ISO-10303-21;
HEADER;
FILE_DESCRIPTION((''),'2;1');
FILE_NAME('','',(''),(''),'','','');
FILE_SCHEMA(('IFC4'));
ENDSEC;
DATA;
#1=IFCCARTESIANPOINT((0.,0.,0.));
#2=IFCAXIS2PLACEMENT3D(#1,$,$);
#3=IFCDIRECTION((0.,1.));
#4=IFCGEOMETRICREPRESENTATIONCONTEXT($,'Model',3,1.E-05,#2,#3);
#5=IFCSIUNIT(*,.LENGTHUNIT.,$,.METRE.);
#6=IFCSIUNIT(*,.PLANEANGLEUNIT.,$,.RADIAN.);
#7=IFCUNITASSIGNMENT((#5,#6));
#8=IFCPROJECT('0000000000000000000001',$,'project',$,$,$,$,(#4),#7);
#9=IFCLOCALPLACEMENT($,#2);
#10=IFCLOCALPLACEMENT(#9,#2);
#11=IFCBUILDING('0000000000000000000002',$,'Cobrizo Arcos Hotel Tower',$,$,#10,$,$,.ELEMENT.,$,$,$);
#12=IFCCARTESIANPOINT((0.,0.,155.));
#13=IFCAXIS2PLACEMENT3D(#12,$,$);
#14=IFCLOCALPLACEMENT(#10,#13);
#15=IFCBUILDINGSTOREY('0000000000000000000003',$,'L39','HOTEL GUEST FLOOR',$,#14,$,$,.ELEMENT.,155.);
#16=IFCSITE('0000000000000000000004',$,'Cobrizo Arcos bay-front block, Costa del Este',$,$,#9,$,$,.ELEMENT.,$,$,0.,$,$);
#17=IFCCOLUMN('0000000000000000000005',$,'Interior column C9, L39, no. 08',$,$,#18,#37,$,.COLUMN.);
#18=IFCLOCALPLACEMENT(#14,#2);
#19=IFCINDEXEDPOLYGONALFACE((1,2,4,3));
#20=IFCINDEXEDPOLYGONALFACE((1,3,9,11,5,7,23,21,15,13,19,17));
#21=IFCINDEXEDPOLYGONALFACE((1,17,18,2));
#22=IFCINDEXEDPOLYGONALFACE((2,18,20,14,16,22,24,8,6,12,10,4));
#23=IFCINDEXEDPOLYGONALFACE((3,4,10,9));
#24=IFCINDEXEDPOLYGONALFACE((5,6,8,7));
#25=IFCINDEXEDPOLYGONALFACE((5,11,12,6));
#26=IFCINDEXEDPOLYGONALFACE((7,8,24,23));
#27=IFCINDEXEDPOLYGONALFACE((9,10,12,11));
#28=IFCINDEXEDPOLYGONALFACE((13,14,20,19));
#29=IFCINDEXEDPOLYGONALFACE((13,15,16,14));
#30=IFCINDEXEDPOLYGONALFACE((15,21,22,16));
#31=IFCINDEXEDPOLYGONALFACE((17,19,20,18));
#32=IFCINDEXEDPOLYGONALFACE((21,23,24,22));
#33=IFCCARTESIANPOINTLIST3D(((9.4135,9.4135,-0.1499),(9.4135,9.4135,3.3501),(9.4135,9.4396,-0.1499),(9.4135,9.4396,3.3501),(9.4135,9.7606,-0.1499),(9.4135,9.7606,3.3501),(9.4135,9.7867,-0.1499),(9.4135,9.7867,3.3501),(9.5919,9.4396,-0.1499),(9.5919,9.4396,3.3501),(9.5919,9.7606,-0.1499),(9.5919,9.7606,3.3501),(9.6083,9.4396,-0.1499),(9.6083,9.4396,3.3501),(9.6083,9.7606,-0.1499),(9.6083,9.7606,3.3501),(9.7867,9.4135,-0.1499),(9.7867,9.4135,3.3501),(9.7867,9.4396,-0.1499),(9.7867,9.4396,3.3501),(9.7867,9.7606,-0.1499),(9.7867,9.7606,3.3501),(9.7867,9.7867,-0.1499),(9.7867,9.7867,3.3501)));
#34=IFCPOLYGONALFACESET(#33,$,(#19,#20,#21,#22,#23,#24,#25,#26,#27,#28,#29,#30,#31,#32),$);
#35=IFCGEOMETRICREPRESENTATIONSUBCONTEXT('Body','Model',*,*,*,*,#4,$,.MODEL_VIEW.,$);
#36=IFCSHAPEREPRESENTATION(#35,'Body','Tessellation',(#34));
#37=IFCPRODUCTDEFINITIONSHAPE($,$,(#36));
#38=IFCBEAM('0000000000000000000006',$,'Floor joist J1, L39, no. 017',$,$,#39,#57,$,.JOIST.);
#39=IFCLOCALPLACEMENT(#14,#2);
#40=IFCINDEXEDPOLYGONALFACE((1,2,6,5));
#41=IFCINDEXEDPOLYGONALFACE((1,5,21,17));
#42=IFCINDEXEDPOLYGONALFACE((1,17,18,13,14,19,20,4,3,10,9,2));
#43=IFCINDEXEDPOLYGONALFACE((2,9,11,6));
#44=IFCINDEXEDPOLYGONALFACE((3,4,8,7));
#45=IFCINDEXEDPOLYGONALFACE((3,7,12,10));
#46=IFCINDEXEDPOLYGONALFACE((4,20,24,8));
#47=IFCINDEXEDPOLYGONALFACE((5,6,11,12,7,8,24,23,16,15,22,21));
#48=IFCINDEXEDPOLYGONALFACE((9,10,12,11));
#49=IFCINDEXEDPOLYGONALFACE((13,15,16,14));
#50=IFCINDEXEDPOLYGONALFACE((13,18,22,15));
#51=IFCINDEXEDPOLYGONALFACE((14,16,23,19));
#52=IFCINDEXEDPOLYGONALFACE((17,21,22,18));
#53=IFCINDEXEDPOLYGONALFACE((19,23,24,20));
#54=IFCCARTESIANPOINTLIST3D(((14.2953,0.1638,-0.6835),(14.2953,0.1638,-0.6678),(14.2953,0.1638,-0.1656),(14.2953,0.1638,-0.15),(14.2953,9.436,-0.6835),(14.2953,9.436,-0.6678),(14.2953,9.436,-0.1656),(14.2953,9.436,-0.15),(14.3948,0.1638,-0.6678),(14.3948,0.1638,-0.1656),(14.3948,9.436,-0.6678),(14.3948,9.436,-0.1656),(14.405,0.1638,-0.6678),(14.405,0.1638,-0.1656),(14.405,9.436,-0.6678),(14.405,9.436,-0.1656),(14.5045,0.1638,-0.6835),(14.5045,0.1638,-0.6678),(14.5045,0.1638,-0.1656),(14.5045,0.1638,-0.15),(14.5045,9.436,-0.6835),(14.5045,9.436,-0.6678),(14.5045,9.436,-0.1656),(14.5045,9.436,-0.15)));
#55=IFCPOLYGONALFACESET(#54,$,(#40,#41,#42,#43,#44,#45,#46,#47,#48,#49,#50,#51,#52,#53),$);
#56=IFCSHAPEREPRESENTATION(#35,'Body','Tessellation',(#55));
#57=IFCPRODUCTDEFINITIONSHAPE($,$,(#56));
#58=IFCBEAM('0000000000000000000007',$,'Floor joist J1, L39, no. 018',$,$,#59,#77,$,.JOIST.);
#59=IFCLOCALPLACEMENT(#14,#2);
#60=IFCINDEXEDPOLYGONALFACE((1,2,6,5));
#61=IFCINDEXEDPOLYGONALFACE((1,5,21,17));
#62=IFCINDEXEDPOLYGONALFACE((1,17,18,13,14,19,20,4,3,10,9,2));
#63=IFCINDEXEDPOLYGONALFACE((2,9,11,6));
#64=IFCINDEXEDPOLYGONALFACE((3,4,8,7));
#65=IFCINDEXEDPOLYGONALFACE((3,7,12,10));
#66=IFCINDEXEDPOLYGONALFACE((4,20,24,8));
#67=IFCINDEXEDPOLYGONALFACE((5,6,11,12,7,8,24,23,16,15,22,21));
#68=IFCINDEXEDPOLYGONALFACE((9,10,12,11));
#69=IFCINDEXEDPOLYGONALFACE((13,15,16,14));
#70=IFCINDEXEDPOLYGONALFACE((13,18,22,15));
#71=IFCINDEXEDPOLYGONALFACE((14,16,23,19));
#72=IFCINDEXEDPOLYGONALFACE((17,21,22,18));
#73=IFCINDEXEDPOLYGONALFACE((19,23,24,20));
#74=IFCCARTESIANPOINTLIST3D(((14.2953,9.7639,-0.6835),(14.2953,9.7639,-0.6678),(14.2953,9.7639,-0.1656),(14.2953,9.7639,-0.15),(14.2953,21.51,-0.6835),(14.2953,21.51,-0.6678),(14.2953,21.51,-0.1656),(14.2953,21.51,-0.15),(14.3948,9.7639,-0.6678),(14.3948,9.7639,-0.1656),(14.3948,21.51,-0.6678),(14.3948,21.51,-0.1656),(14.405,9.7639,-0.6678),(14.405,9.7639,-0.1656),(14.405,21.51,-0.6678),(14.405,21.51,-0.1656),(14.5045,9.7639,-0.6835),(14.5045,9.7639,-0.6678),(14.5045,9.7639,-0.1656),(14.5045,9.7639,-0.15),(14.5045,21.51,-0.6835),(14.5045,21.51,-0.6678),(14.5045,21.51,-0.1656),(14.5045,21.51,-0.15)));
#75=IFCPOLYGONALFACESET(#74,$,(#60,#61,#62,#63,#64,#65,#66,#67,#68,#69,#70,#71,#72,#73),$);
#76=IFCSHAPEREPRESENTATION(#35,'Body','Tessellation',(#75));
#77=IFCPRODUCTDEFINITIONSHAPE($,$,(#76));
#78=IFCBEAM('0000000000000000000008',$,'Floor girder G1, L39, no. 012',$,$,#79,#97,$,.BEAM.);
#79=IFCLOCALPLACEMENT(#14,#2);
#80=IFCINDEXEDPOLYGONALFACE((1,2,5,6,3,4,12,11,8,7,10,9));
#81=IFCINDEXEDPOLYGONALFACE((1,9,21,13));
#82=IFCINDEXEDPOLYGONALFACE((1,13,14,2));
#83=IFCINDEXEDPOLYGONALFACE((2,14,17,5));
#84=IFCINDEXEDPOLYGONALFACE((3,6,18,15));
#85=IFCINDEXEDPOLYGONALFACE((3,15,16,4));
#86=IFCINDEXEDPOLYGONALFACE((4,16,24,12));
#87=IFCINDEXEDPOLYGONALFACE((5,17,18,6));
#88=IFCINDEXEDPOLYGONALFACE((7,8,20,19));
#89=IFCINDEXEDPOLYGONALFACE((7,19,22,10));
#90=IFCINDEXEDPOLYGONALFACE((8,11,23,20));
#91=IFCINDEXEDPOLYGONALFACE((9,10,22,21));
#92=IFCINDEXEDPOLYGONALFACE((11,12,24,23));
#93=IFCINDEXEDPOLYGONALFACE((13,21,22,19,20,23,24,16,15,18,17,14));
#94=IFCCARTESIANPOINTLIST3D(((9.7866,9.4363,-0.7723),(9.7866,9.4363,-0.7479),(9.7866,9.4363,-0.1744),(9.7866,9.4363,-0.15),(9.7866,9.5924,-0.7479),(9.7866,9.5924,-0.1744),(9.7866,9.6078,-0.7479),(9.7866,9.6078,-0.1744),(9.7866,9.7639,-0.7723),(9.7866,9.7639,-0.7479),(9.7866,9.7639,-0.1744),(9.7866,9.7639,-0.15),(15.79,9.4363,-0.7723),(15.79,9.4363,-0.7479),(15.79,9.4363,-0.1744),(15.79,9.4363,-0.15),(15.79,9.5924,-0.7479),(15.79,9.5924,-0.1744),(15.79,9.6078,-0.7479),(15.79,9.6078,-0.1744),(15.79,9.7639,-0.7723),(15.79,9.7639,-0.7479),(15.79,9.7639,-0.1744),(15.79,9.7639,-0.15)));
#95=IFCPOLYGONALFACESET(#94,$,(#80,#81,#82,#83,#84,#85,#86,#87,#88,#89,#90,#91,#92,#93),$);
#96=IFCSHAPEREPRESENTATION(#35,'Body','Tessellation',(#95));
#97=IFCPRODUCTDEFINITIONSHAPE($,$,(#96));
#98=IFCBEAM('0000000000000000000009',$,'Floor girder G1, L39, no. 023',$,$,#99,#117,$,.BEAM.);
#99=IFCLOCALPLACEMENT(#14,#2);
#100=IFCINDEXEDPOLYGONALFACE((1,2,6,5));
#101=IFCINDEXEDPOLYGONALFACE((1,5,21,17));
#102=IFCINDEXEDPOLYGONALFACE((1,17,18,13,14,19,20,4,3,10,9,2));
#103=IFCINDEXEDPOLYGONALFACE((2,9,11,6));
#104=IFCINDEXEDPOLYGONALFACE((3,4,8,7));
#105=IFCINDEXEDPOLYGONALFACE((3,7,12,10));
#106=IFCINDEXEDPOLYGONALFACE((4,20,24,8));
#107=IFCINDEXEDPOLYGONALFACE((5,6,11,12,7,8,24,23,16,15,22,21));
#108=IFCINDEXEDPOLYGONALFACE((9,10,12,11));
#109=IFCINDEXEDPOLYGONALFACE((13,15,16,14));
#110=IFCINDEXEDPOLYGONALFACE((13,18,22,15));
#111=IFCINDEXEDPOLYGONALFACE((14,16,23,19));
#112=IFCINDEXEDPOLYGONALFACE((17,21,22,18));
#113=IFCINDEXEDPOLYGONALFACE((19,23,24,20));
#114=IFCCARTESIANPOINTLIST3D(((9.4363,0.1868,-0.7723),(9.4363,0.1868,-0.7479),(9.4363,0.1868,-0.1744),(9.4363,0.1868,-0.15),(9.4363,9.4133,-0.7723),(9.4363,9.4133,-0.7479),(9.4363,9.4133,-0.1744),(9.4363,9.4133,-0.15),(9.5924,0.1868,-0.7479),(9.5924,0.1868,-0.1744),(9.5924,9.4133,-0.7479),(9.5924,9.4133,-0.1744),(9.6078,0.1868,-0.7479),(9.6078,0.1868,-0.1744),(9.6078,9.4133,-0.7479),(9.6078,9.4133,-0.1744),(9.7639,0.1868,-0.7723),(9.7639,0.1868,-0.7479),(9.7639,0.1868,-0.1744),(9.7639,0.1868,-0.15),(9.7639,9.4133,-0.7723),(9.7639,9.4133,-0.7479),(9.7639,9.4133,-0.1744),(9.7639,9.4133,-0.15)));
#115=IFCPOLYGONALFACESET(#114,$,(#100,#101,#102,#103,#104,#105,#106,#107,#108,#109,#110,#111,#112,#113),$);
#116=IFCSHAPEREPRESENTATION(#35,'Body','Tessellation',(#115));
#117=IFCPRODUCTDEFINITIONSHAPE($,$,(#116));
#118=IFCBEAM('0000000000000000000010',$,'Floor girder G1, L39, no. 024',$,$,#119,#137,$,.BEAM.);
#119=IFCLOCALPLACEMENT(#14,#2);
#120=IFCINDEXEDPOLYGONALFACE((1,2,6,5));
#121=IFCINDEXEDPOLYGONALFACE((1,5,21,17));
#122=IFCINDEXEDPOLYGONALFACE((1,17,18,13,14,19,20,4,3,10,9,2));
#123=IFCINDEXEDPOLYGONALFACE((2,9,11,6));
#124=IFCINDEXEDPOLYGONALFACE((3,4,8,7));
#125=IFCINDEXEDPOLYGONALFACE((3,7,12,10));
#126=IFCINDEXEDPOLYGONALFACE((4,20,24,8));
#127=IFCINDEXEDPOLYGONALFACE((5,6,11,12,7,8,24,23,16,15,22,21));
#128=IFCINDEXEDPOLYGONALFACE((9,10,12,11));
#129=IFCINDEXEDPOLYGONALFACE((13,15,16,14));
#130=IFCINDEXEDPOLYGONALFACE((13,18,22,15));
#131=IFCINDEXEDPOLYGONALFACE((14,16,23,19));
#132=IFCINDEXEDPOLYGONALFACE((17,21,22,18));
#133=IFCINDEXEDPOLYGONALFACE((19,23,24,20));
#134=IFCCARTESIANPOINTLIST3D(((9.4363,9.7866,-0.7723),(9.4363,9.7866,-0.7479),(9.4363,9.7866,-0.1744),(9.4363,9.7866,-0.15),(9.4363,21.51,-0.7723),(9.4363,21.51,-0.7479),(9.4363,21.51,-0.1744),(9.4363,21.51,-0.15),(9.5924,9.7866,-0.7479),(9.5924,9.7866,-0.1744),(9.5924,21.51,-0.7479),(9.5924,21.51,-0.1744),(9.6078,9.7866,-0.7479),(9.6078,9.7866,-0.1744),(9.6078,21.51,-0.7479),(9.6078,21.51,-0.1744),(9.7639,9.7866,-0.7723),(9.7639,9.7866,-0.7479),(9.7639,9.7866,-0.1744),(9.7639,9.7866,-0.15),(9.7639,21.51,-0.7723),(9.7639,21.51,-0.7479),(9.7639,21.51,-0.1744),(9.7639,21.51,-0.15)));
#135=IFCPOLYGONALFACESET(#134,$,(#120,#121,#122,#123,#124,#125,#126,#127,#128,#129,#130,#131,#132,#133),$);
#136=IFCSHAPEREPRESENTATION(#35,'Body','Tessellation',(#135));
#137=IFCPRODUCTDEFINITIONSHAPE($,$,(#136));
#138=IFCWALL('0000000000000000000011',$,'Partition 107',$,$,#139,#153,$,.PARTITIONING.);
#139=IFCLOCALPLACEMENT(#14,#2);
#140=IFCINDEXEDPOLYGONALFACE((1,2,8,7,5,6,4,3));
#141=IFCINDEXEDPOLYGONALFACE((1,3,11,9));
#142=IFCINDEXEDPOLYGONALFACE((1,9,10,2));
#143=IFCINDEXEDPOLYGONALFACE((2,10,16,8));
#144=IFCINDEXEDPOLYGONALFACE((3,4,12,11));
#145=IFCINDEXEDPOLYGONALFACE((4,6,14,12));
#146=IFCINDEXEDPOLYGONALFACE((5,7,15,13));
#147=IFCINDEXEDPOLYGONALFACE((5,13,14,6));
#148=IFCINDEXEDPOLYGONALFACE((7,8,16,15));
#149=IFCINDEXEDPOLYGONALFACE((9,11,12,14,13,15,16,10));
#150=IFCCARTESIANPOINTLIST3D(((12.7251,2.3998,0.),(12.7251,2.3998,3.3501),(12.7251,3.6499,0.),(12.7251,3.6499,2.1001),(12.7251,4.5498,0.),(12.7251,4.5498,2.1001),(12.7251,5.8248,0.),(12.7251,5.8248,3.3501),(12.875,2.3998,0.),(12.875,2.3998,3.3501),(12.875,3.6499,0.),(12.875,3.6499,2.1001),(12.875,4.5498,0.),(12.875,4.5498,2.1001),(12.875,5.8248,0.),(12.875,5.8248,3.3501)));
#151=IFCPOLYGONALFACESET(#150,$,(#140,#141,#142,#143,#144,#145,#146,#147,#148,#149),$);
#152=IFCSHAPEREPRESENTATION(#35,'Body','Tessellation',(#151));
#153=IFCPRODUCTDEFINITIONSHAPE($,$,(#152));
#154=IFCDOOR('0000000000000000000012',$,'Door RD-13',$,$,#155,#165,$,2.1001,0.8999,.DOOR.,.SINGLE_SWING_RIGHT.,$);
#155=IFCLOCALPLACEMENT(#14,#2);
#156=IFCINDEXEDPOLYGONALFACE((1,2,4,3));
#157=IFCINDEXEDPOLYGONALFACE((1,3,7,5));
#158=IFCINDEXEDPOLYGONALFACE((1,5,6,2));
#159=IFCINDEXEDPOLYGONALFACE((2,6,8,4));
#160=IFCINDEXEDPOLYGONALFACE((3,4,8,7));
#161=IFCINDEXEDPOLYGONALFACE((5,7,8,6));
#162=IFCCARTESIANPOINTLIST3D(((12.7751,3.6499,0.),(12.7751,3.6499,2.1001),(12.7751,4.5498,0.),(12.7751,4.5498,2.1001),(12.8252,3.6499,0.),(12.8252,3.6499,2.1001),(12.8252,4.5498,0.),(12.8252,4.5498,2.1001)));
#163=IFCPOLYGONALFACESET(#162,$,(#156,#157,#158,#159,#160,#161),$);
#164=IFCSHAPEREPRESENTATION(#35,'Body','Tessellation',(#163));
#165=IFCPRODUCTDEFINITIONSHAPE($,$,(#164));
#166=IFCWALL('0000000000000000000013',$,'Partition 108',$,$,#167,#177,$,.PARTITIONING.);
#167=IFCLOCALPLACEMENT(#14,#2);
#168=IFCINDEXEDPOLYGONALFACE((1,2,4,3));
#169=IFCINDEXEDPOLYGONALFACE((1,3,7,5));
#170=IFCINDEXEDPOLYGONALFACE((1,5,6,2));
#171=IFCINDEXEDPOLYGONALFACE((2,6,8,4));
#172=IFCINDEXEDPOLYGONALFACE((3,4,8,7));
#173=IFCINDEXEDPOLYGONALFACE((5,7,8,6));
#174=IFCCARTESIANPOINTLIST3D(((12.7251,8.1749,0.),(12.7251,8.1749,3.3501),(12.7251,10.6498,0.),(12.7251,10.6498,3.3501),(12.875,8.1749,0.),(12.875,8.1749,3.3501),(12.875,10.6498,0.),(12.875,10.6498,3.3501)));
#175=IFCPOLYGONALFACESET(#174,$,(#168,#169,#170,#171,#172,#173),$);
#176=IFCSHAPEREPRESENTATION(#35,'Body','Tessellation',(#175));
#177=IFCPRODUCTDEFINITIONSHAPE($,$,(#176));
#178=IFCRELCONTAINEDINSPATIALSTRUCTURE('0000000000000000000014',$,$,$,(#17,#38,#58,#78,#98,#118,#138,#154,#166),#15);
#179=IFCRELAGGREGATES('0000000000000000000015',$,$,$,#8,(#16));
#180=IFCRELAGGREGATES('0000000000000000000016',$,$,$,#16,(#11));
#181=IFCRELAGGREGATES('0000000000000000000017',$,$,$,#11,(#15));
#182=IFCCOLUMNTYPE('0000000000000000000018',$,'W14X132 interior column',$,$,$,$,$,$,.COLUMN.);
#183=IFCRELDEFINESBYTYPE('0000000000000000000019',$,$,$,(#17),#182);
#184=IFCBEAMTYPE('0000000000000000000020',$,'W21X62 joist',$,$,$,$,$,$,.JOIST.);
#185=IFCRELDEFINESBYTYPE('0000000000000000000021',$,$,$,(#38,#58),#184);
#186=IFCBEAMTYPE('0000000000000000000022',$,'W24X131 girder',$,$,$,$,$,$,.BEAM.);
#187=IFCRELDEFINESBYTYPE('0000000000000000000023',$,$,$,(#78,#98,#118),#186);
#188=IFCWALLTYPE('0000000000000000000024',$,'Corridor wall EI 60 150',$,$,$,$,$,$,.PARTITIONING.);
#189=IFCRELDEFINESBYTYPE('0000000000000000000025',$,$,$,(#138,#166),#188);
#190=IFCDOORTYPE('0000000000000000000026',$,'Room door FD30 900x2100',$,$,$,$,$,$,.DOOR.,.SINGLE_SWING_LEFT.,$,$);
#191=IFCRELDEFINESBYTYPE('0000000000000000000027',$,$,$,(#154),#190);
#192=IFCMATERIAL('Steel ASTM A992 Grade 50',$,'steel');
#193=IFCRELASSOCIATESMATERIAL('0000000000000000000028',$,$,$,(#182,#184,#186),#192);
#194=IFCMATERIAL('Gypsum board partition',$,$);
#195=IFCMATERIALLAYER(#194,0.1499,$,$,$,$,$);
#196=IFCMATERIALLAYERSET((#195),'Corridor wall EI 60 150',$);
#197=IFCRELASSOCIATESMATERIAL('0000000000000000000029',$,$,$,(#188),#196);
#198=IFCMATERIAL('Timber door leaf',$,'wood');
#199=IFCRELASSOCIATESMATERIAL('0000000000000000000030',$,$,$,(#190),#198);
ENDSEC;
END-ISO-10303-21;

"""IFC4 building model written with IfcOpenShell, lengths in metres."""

from ifc_helpers import new_model, si_unit, direction, frame, frame_2d, origin, origin_2d, place, context, subcontext, project, spatial, rectangle, i_section, extrude, material, layer, layer_set, material_profile, profile_set, type_object, element, fill, save


model = new_model("IFC4")

# Units and contexts
model_context = context("Model", 3, precision=1e-05, world=origin(), true_north=direction((0.0, 1.0)))
body_context = subcontext(model_context, "Body", "Model", "MODEL_VIEW")
ifc_project = project(units=[si_unit("LENGTHUNIT", "METRE"), si_unit("PLANEANGLEUNIT", "RADIAN")], contexts=[model_context])

# Site, building, storey
site_placement = place(None, origin())
site = spatial("IfcSite", under=ifc_project, at=site_placement, Name="Cobrizo Arcos bay-front block, Costa del Este", CompositionType="ELEMENT", RefElevation=0.0)
building_placement = place(site_placement, origin())
building = spatial("IfcBuilding", under=site, at=building_placement, Name="Cobrizo Arcos Hotel Tower", CompositionType="ELEMENT")
storey_placement = place(building_placement, frame((0.0, 0.0, 155.0)))
storey = spatial("IfcBuildingStorey", under=building, at=storey_placement, Name="L39", Description="HOTEL GUEST FLOOR", CompositionType="ELEMENT", Elevation=155.0)

# Column
ifc_material_1 = material(Name="Steel ASTM A992 Grade 50", Category="steel")
ifc_material_profile_1 = material_profile(ifc_material_1, i_section(OverallWidth=0.3733, OverallDepth=0.3733, WebThickness=0.0164, FlangeThickness=0.0261, at=origin_2d()), Name="W14X132")
ifc_profile_set_1 = profile_set([ifc_material_profile_1], Name="Steel ASTM A992 Grade 50")
column_type = type_object("IfcColumnType", Name="W14X132 interior column", PredefinedType="COLUMN", material=ifc_profile_set_1)
column_placement = place(storey_placement, frame((9.6001, 9.6001, -0.1499), z_axis=(0.0, 0.0, 1.0), x_axis=(1.0, 0.0, 0.0)))
element("IfcColumn", 1, at=column_placement, inside=storey, type_object=column_type, Name="Interior column C9, L39, no. 08", PredefinedType="COLUMN", context=body_context, shape_type="SweptSolid", body=[
    extrude(i_section(OverallWidth=0.3733, OverallDepth=0.3733, WebThickness=0.0164, FlangeThickness=0.0261, at=origin_2d()), origin(), (0.0, 0.0, 1.0), 3.5),
])

# Beams
ifc_material_profile_2 = material_profile(ifc_material_1, i_section(OverallWidth=0.2092, OverallDepth=0.5334, WebThickness=0.0103, FlangeThickness=0.0156, at=origin_2d()), Name="W21X62")
ifc_profile_set_2 = profile_set([ifc_material_profile_2], Name="Steel ASTM A992 Grade 50")
beam_type_1 = type_object("IfcBeamType", Name="W21X62 joist", PredefinedType="JOIST", material=ifc_profile_set_2)
beam_1_placement = place(storey_placement, frame((14.3999, 0.1638, -0.4167), z_axis=(0.0, 1.0, 0.0), x_axis=(-1.0, 0.0, 0.0)))
element("IfcBeam", 2, at=beam_1_placement, inside=storey, type_object=beam_type_1, Name="Floor joist J1, L39, no. 017", PredefinedType="JOIST", context=body_context, shape_type="SweptSolid", body=[
    extrude(i_section(OverallWidth=0.2092, OverallDepth=0.5334, WebThickness=0.0103, FlangeThickness=0.0156, at=origin_2d()), origin(), (0.0, 0.0, 1.0), 9.2722),
])
beam_2_placement = place(storey_placement, frame((14.3999, 9.7639, -0.4167), z_axis=(0.0, 1.0, 0.0), x_axis=(-1.0, 0.0, 0.0)))
element("IfcBeam", 3, at=beam_2_placement, inside=storey, type_object=beam_type_1, Name="Floor joist J1, L39, no. 018", PredefinedType="JOIST", context=body_context, shape_type="SweptSolid", body=[
    extrude(i_section(OverallWidth=0.2092, OverallDepth=0.5334, WebThickness=0.0103, FlangeThickness=0.0156, at=origin_2d()), origin(), (0.0, 0.0, 1.0), 11.7461),
])
ifc_material_profile_3 = material_profile(ifc_material_1, i_section(OverallWidth=0.3276, OverallDepth=0.6223, WebThickness=0.0154, FlangeThickness=0.0244, at=origin_2d()), Name="W24X131")
ifc_profile_set_3 = profile_set([ifc_material_profile_3], Name="Steel ASTM A992 Grade 50")
beam_type_2 = type_object("IfcBeamType", Name="W24X131 girder", PredefinedType="BEAM", material=ifc_profile_set_3)
beam_3_placement = place(storey_placement, frame((9.7866, 9.6001, -0.4612), z_axis=(1.0, 0.0, 0.0), x_axis=(0.0, 1.0, 0.0)))
element("IfcBeam", 4, at=beam_3_placement, inside=storey, type_object=beam_type_2, Name="Floor girder G1, L39, no. 012", PredefinedType="BEAM", context=body_context, shape_type="SweptSolid", body=[
    extrude(i_section(OverallWidth=0.3276, OverallDepth=0.6223, WebThickness=0.0154, FlangeThickness=0.0244, at=origin_2d()), origin(), (0.0, 0.0, 1.0), 6.0034),
])
beam_4_placement = place(storey_placement, frame((9.6001, 0.1868, -0.4612), z_axis=(0.0, 1.0, 0.0), x_axis=(-1.0, 0.0, 0.0)))
element("IfcBeam", 5, at=beam_4_placement, inside=storey, type_object=beam_type_2, Name="Floor girder G1, L39, no. 023", PredefinedType="BEAM", context=body_context, shape_type="SweptSolid", body=[
    extrude(i_section(OverallWidth=0.3276, OverallDepth=0.6223, WebThickness=0.0154, FlangeThickness=0.0244, at=origin_2d()), origin(), (0.0, 0.0, 1.0), 9.2266),
])
beam_5_placement = place(storey_placement, frame((9.6001, 9.7866, -0.4612), z_axis=(0.0, 1.0, 0.0), x_axis=(-1.0, 0.0, 0.0)))
element("IfcBeam", 6, at=beam_5_placement, inside=storey, type_object=beam_type_2, Name="Floor girder G1, L39, no. 024", PredefinedType="BEAM", context=body_context, shape_type="SweptSolid", body=[
    extrude(i_section(OverallWidth=0.3276, OverallDepth=0.6223, WebThickness=0.0154, FlangeThickness=0.0244, at=origin_2d()), origin(), (0.0, 0.0, 1.0), 11.7234),
])

# Wall, opening, door
ifc_material_2 = material(Name="Gypsum board partition")
ifc_layer_1 = layer(ifc_material_2, 0.1499)
ifc_layer_set_1 = layer_set([ifc_layer_1], Name="Corridor wall EI 60 150")
wall_type_1 = type_object("IfcWallType", Name="Corridor wall EI 60 150", PredefinedType="PARTITIONING", material=ifc_layer_set_1)
wall_1_placement = place(storey_placement, frame((12.8, 2.3999, 0.0), z_axis=(0.0, 0.0, 1.0), x_axis=(0.0, 1.0, 0.0)))
wall_1 = element("IfcWall", 7, at=wall_1_placement, inside=storey, type_object=wall_type_1, Name="Partition 107", PredefinedType="PARTITIONING", context=body_context, shape_type="SweptSolid", body=[
    extrude(rectangle(XDim=3.425, YDim=0.1499, at=frame_2d((1.7124, 0.0))), origin(), (0.0, 0.0, 1.0), 3.3501),
])
opening_1_placement = place(wall_1_placement, frame((1.25, 0.0, 0.0)))
opening_1 = element("IfcOpeningElement", 8, at=opening_1_placement, cuts=wall_1, PredefinedType="OPENING", context=body_context, shape_type="SweptSolid", body=[
    extrude(rectangle(XDim=0.8999, YDim=2.1001, at=frame_2d((0.45, 1.05))), frame((0.0, 0.0869, 0.0), z_axis=(0.0, -1.0, 0.0), x_axis=(1.0, 0.0, 0.0)), (0.0, 0.0, 1.0), 0.1738),
])
ifc_material_3 = material(Name="Timber door leaf", Category="wood")
door_type_1 = type_object("IfcDoorType", Name="Room door FD30 900x2100", OperationType="SINGLE_SWING_LEFT", PredefinedType="DOOR", material=ifc_material_3)
door_1_placement = place(opening_1_placement, origin())
door_1 = element("IfcDoor", 9, at=door_1_placement, inside=storey, type_object=door_type_1, Name="Door RD-13", OperationType="SINGLE_SWING_RIGHT", OverallHeight=2.1001, OverallWidth=0.8999, PredefinedType="DOOR", context=body_context, shape_type="SweptSolid", body=[
    extrude(rectangle(XDim=0.8999, YDim=2.1001, at=frame_2d((0.45, 1.05))), frame((0.0, 0.0249, 0.0), z_axis=(0.0, -1.0, 0.0), x_axis=(1.0, 0.0, 0.0)), (0.0, 0.0, 1.0), 0.05),
])
fill(opening_1, door_1)

# Wall
wall_2_placement = place(storey_placement, frame((12.8, 8.175, 0.0), z_axis=(0.0, 0.0, 1.0), x_axis=(0.0, 1.0, 0.0)))
element("IfcWall", 10, at=wall_2_placement, inside=storey, type_object=wall_type_1, Name="Partition 108", PredefinedType="PARTITIONING", context=body_context, shape_type="SweptSolid", body=[
    extrude(rectangle(XDim=2.4749, YDim=0.1499, at=frame_2d((1.2373, 0.0))), origin(), (0.0, 0.0, 1.0), 3.3501),
])

save(model, "model.ifc")
